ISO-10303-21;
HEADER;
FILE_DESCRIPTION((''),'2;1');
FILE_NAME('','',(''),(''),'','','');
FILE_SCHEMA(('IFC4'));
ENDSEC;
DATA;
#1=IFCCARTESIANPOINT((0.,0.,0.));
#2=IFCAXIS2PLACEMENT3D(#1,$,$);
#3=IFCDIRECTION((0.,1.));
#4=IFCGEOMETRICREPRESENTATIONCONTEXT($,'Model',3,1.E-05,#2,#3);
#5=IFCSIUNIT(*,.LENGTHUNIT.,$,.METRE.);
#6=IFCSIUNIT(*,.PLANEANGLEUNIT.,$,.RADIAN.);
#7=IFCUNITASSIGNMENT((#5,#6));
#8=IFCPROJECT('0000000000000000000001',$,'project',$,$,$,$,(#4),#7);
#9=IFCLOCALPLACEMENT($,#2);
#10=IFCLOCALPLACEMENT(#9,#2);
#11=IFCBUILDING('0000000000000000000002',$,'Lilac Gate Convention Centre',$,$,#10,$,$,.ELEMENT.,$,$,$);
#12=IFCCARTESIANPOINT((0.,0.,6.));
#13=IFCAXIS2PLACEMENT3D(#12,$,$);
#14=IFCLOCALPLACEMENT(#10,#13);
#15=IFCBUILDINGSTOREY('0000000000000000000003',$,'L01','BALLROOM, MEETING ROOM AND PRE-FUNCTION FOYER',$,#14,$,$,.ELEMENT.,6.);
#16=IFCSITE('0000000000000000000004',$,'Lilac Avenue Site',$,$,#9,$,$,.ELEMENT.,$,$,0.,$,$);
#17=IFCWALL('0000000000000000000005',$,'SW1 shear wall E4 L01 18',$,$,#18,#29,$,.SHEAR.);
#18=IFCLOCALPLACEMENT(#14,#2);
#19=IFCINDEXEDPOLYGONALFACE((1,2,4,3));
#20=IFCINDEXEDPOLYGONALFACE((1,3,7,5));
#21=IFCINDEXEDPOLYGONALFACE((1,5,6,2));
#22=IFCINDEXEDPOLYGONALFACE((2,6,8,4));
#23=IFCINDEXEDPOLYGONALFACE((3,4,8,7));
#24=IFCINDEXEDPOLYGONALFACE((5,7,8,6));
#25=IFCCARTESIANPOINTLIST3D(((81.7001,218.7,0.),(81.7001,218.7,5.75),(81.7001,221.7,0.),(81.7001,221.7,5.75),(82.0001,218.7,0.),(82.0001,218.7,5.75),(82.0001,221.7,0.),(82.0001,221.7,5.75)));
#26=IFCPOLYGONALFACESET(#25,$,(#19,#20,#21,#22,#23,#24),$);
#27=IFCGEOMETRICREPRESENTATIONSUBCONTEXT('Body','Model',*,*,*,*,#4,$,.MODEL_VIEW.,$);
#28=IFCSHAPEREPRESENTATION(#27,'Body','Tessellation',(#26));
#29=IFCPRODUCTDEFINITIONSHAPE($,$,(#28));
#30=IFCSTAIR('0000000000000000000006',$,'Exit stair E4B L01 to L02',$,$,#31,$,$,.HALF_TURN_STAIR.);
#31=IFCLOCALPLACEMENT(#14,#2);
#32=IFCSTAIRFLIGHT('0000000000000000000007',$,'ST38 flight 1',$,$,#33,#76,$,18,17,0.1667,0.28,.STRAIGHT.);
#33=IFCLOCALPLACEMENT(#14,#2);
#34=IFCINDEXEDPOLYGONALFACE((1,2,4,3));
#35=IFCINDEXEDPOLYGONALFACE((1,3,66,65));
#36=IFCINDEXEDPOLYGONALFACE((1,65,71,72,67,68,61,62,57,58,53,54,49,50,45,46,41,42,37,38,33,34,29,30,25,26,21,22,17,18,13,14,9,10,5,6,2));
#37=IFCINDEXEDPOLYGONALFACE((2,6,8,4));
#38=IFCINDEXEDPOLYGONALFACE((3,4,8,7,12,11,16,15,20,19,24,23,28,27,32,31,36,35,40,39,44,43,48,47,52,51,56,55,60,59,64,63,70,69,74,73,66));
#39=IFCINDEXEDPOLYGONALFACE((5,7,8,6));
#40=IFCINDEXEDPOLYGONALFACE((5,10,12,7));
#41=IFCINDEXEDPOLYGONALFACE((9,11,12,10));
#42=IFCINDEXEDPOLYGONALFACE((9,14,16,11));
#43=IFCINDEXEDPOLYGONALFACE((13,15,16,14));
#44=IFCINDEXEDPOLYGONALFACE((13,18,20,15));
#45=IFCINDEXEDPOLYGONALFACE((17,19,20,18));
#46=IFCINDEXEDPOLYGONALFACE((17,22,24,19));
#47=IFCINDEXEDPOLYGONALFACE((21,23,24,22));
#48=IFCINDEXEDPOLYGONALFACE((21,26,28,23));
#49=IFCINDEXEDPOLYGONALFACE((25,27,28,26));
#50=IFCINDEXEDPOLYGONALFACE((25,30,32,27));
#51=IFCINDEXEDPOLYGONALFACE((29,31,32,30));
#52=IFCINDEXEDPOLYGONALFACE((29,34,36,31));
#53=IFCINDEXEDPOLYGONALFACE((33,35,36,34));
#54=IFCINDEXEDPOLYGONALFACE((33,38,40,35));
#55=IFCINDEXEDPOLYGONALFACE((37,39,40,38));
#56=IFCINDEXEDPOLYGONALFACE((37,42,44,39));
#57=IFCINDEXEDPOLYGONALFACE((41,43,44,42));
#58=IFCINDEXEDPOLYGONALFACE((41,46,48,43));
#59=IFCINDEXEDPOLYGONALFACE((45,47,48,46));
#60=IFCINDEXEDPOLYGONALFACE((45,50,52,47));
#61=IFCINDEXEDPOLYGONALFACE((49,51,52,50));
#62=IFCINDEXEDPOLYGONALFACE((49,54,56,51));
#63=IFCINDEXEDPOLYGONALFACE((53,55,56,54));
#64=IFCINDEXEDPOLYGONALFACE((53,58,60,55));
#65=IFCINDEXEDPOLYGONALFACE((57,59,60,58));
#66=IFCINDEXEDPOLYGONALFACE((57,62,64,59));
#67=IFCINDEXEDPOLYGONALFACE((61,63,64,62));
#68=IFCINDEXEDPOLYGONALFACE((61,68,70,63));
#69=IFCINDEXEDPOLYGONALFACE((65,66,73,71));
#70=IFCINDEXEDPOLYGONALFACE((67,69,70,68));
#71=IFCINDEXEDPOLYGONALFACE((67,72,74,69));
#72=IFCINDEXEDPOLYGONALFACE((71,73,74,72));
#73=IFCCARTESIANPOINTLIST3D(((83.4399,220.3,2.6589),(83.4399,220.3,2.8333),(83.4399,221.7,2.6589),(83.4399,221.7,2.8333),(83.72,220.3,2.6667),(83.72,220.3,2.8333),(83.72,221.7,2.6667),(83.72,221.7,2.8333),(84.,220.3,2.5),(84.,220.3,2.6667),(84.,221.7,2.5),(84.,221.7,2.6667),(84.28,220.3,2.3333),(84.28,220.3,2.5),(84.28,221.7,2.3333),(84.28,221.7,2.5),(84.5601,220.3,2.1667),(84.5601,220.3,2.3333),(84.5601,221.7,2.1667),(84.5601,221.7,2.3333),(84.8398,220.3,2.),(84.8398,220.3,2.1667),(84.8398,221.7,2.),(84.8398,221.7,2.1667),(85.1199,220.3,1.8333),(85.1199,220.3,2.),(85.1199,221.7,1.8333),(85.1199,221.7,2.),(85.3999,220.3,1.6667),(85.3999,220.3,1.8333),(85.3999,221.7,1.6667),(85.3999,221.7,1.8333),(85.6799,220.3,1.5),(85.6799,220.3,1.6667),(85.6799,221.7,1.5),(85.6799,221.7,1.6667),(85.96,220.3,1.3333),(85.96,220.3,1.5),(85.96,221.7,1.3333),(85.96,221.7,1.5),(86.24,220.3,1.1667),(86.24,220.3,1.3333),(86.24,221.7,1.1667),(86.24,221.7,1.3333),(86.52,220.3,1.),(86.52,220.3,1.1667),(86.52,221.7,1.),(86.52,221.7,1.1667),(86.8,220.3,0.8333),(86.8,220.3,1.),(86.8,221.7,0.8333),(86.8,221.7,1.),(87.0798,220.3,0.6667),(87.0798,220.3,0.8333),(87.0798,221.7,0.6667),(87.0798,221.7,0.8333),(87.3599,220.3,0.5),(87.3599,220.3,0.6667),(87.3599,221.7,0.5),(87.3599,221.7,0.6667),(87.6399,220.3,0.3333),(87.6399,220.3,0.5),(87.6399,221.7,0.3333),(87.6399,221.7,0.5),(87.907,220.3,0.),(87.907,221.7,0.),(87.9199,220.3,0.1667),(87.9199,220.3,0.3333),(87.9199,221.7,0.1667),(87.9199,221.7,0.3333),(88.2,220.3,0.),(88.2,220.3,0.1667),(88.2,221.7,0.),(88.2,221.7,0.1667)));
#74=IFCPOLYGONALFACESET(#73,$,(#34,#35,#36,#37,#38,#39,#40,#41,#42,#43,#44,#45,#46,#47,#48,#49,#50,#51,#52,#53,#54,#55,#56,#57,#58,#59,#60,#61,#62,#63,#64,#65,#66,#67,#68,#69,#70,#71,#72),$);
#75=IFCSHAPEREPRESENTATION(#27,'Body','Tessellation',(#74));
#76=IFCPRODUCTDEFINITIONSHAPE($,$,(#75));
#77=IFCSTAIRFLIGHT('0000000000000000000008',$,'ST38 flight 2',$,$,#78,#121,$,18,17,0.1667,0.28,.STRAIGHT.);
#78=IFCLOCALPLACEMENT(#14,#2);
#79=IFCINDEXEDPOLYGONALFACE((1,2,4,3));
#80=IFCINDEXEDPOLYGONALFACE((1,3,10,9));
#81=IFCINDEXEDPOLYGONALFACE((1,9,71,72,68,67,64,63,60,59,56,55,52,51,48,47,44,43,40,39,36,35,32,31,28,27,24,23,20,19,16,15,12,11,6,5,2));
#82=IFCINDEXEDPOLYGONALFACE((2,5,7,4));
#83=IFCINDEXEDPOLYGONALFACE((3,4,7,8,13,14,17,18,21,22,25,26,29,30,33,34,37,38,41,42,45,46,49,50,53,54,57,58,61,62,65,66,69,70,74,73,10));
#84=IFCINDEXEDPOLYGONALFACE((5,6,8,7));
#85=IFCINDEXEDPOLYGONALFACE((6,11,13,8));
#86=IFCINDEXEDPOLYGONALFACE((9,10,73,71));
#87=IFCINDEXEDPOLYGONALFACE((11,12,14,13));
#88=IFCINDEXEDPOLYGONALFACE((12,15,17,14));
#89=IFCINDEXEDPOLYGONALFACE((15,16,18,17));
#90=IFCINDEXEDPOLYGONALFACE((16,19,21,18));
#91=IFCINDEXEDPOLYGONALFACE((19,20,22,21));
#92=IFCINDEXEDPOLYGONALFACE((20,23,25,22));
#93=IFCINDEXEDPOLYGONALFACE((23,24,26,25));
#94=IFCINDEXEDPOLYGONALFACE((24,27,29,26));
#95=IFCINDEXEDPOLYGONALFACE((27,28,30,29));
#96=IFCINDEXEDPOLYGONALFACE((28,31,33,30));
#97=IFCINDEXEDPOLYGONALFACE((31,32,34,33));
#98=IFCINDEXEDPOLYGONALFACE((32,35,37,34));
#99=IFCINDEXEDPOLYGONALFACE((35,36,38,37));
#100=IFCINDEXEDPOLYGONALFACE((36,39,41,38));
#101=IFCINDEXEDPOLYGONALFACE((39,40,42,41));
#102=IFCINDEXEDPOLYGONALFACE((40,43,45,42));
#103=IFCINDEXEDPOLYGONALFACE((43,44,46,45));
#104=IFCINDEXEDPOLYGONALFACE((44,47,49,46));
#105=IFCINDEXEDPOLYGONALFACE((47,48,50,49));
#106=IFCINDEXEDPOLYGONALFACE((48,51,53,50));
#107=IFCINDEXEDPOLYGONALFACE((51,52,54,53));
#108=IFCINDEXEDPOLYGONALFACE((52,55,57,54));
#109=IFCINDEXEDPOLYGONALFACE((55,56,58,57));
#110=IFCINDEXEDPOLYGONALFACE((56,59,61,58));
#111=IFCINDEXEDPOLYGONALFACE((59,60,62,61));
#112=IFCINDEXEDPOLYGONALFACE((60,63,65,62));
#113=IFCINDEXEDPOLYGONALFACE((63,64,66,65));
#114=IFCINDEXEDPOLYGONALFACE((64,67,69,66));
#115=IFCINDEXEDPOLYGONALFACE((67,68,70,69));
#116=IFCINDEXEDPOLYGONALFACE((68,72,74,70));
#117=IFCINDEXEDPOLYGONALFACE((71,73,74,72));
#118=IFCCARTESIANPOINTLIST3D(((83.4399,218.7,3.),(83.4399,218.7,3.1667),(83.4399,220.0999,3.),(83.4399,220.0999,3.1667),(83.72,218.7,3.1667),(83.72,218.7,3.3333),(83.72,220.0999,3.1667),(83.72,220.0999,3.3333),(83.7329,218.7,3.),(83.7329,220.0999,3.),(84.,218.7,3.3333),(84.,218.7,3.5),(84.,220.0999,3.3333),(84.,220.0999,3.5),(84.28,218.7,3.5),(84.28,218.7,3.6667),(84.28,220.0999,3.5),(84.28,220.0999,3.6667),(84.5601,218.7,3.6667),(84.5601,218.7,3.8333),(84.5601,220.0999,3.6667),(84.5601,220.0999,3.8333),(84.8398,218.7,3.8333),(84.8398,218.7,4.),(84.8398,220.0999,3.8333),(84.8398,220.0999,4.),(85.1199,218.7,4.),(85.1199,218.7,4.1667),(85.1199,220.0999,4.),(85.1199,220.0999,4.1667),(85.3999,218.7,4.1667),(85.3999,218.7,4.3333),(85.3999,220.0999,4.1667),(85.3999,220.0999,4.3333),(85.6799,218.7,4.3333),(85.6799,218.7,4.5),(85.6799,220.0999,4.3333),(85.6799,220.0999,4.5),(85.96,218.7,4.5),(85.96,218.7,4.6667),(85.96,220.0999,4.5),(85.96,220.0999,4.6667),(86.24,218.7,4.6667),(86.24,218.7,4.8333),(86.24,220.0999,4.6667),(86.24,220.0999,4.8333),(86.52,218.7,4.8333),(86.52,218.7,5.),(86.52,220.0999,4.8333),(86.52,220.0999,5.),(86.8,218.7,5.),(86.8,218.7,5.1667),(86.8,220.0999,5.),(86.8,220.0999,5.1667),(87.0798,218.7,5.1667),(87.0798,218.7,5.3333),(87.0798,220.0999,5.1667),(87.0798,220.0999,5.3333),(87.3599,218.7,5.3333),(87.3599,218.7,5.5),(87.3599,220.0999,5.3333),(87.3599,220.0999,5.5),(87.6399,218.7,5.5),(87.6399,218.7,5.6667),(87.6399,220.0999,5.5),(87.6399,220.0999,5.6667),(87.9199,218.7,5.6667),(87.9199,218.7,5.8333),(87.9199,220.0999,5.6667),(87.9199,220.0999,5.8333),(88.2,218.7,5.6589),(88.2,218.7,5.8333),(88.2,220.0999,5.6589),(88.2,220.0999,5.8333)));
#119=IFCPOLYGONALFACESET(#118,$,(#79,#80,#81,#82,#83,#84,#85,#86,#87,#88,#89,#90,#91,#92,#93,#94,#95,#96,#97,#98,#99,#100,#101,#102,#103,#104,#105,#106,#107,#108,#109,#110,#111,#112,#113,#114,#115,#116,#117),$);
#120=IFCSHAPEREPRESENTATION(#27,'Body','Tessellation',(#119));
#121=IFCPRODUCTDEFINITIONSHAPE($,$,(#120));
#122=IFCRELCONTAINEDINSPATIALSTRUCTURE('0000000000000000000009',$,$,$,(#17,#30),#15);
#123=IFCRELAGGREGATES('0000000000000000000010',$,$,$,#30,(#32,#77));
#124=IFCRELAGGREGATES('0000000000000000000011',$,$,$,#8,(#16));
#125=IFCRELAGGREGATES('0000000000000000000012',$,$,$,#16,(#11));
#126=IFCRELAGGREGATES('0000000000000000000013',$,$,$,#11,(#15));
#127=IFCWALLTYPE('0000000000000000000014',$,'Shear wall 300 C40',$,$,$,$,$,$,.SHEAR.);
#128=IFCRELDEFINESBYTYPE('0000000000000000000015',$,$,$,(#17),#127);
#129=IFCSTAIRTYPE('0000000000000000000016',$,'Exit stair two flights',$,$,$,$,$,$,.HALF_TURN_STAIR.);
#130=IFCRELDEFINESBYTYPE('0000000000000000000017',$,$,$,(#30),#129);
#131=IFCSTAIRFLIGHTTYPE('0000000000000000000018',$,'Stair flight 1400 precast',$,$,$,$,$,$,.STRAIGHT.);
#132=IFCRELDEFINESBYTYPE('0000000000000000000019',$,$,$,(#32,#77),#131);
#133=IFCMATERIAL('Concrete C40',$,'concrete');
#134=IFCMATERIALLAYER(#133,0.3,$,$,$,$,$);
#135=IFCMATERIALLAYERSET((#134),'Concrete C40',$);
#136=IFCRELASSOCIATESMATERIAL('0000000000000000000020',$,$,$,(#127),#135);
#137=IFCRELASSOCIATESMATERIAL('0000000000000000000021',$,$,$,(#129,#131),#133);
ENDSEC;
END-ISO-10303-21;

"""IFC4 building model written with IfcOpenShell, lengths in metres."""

from ifc_helpers import new_model, si_unit, direction, frame, frame_2d, origin, place, context, subcontext, project, spatial, polyline, rectangle, outline, extrude, material, layer, layer_set, type_object, element, aggregate, save


model = new_model("IFC4")

# Units and contexts
model_context = context("Model", 3, precision=1e-05, world=origin(), true_north=direction((0.0, 1.0)))
body_context = subcontext(model_context, "Body", "Model", "MODEL_VIEW")
ifc_project = project(units=[si_unit("LENGTHUNIT", "METRE"), si_unit("PLANEANGLEUNIT", "RADIAN")], contexts=[model_context])

# Site, building, storey
site_placement = place(None, origin())
site = spatial("IfcSite", under=ifc_project, at=site_placement, Name="Lilac Avenue Site", CompositionType="ELEMENT", RefElevation=0.0)
building_placement = place(site_placement, origin())
building = spatial("IfcBuilding", under=site, at=building_placement, Name="Lilac Gate Convention Centre", CompositionType="ELEMENT")
storey_placement = place(building_placement, frame((0.0, 0.0, 6.0)))
storey = spatial("IfcBuildingStorey", under=building, at=storey_placement, Name="L01", Description="BALLROOM, MEETING ROOM AND PRE-FUNCTION FOYER", CompositionType="ELEMENT", Elevation=6.0)

# Shared definitions
ifc_material_1 = material(Name="Concrete C40", Category="concrete")

# Shared definitions
ifc_layer_1 = layer(ifc_material_1, 0.3)
ifc_layer_set_1 = layer_set([ifc_layer_1], Name="Concrete C40")
wall_type_1 = type_object("IfcWallType", Name="Shear wall 300 C40", PredefinedType="SHEAR", material=ifc_layer_set_1)

# Wall
wall_1_placement = place(storey_placement, frame((81.8501, 218.7, 0.0), z_axis=(0.0, 0.0, 1.0), x_axis=(0.0, 1.0, 0.0)))
element("IfcWall", 1, at=wall_1_placement, inside=storey, type_object=wall_type_1, Name="SW1 shear wall E4 L01 18", PredefinedType="SHEAR", context=body_context, shape_type="SweptSolid", body=[
    extrude(rectangle(XDim=3.0, YDim=0.3, at=frame_2d((1.5, 0.0))), origin(), (0.0, 0.0, 1.0), 5.75),
])

# Stair, stair flights
stair_type = type_object("IfcStairType", Name="Exit stair two flights", PredefinedType="HALF_TURN_STAIR", material=ifc_material_1)
stair_placement = place(storey_placement, origin())
stair = element("IfcStair", 2, at=stair_placement, inside=storey, type_object=stair_type, Name="Exit stair E4B L01 to L02", PredefinedType="HALF_TURN_STAIR")
stair_flight_type = type_object("IfcStairFlightType", Name="Stair flight 1400 precast", PredefinedType="STRAIGHT", material=ifc_material_1)
stair_flight_1_placement = place(storey_placement, frame((88.2, 221.0, 0.0), z_axis=(0.0, 0.0, 1.0), x_axis=(-1.0, 0.0, 0.0)))
stair_flight_1 = element("IfcStairFlight", 3, at=stair_flight_1_placement, type_object=stair_flight_type, Name="ST38 flight 1", NumberOfRisers=18, NumberOfTreads=17, PredefinedType="STRAIGHT", RiserHeight=0.1667, TreadLength=0.28, context=body_context, shape_type="SweptSolid", body=[
    extrude(outline(polyline([(0.0, 0.0), (0.0, 0.1667), (0.28, 0.1667), (0.28, 0.3333), (0.5601, 0.3333), (0.5601, 0.5), (0.8401, 0.5), (0.8401, 0.6667), (1.1201, 0.6667), (1.1201, 0.8333), (1.3999, 0.8333), (1.3999, 1.0), (1.6799, 1.0), (1.6799, 1.1667), (1.96, 1.1667), (1.96, 1.3333), (2.24, 1.3333), (2.24, 1.5), (2.52, 1.5), (2.52, 1.6667), (2.8, 1.6667), (2.8, 1.8333), (3.0801, 1.8333), (3.0801, 2.0), (3.3601, 2.0), (3.3601, 2.1667), (3.6399, 2.1667), (3.6399, 2.3333), (3.9199, 2.3333), (3.9199, 2.5), (4.2, 2.5), (4.2, 2.6667), (4.48, 2.6667), (4.48, 2.8333), (4.76, 2.8333), (4.76, 3.0), (4.76, 2.6589), (0.293, 0.0), (0.0, 0.0)])), frame((0.0, 0.7, 0.0), z_axis=(0.0, -1.0, 0.0), x_axis=(1.0, 0.0, 0.0)), (0.0, 0.0, 1.0), 1.3999),
])
stair_flight_2_placement = place(storey_placement, frame((83.4399, 219.3999, 3.0), z_axis=(0.0, 0.0, 1.0), x_axis=(1.0, 0.0, 0.0)))
stair_flight_2 = element("IfcStairFlight", 4, at=stair_flight_2_placement, type_object=stair_flight_type, Name="ST38 flight 2", NumberOfRisers=18, NumberOfTreads=17, PredefinedType="STRAIGHT", RiserHeight=0.1667, TreadLength=0.28, context=body_context, shape_type="SweptSolid", body=[
    extrude(outline(polyline([(0.0, 0.0), (0.0, 0.1667), (0.28, 0.1667), (0.28, 0.3333), (0.5601, 0.3333), (0.5601, 0.5), (0.8401, 0.5), (0.8401, 0.6667), (1.1201, 0.6667), (1.1201, 0.8333), (1.3999, 0.8333), (1.3999, 1.0), (1.6799, 1.0), (1.6799, 1.1667), (1.96, 1.1667), (1.96, 1.3333), (2.24, 1.3333), (2.24, 1.5), (2.52, 1.5), (2.52, 1.6667), (2.8, 1.6667), (2.8, 1.8333), (3.0801, 1.8333), (3.0801, 2.0), (3.3601, 2.0), (3.3601, 2.1667), (3.6399, 2.1667), (3.6399, 2.3333), (3.9199, 2.3333), (3.9199, 2.5), (4.2, 2.5), (4.2, 2.6667), (4.48, 2.6667), (4.48, 2.8333), (4.76, 2.8333), (4.76, 3.0), (4.76, 2.6589), (0.293, 0.0), (0.0, 0.0)])), frame((0.0, 0.7, 0.0), z_axis=(0.0, -1.0, 0.0), x_axis=(1.0, 0.0, 0.0)), (0.0, 0.0, 1.0), 1.3999),
])
aggregate(stair, [stair_flight_1, stair_flight_2])

save(model, "model.ifc")
